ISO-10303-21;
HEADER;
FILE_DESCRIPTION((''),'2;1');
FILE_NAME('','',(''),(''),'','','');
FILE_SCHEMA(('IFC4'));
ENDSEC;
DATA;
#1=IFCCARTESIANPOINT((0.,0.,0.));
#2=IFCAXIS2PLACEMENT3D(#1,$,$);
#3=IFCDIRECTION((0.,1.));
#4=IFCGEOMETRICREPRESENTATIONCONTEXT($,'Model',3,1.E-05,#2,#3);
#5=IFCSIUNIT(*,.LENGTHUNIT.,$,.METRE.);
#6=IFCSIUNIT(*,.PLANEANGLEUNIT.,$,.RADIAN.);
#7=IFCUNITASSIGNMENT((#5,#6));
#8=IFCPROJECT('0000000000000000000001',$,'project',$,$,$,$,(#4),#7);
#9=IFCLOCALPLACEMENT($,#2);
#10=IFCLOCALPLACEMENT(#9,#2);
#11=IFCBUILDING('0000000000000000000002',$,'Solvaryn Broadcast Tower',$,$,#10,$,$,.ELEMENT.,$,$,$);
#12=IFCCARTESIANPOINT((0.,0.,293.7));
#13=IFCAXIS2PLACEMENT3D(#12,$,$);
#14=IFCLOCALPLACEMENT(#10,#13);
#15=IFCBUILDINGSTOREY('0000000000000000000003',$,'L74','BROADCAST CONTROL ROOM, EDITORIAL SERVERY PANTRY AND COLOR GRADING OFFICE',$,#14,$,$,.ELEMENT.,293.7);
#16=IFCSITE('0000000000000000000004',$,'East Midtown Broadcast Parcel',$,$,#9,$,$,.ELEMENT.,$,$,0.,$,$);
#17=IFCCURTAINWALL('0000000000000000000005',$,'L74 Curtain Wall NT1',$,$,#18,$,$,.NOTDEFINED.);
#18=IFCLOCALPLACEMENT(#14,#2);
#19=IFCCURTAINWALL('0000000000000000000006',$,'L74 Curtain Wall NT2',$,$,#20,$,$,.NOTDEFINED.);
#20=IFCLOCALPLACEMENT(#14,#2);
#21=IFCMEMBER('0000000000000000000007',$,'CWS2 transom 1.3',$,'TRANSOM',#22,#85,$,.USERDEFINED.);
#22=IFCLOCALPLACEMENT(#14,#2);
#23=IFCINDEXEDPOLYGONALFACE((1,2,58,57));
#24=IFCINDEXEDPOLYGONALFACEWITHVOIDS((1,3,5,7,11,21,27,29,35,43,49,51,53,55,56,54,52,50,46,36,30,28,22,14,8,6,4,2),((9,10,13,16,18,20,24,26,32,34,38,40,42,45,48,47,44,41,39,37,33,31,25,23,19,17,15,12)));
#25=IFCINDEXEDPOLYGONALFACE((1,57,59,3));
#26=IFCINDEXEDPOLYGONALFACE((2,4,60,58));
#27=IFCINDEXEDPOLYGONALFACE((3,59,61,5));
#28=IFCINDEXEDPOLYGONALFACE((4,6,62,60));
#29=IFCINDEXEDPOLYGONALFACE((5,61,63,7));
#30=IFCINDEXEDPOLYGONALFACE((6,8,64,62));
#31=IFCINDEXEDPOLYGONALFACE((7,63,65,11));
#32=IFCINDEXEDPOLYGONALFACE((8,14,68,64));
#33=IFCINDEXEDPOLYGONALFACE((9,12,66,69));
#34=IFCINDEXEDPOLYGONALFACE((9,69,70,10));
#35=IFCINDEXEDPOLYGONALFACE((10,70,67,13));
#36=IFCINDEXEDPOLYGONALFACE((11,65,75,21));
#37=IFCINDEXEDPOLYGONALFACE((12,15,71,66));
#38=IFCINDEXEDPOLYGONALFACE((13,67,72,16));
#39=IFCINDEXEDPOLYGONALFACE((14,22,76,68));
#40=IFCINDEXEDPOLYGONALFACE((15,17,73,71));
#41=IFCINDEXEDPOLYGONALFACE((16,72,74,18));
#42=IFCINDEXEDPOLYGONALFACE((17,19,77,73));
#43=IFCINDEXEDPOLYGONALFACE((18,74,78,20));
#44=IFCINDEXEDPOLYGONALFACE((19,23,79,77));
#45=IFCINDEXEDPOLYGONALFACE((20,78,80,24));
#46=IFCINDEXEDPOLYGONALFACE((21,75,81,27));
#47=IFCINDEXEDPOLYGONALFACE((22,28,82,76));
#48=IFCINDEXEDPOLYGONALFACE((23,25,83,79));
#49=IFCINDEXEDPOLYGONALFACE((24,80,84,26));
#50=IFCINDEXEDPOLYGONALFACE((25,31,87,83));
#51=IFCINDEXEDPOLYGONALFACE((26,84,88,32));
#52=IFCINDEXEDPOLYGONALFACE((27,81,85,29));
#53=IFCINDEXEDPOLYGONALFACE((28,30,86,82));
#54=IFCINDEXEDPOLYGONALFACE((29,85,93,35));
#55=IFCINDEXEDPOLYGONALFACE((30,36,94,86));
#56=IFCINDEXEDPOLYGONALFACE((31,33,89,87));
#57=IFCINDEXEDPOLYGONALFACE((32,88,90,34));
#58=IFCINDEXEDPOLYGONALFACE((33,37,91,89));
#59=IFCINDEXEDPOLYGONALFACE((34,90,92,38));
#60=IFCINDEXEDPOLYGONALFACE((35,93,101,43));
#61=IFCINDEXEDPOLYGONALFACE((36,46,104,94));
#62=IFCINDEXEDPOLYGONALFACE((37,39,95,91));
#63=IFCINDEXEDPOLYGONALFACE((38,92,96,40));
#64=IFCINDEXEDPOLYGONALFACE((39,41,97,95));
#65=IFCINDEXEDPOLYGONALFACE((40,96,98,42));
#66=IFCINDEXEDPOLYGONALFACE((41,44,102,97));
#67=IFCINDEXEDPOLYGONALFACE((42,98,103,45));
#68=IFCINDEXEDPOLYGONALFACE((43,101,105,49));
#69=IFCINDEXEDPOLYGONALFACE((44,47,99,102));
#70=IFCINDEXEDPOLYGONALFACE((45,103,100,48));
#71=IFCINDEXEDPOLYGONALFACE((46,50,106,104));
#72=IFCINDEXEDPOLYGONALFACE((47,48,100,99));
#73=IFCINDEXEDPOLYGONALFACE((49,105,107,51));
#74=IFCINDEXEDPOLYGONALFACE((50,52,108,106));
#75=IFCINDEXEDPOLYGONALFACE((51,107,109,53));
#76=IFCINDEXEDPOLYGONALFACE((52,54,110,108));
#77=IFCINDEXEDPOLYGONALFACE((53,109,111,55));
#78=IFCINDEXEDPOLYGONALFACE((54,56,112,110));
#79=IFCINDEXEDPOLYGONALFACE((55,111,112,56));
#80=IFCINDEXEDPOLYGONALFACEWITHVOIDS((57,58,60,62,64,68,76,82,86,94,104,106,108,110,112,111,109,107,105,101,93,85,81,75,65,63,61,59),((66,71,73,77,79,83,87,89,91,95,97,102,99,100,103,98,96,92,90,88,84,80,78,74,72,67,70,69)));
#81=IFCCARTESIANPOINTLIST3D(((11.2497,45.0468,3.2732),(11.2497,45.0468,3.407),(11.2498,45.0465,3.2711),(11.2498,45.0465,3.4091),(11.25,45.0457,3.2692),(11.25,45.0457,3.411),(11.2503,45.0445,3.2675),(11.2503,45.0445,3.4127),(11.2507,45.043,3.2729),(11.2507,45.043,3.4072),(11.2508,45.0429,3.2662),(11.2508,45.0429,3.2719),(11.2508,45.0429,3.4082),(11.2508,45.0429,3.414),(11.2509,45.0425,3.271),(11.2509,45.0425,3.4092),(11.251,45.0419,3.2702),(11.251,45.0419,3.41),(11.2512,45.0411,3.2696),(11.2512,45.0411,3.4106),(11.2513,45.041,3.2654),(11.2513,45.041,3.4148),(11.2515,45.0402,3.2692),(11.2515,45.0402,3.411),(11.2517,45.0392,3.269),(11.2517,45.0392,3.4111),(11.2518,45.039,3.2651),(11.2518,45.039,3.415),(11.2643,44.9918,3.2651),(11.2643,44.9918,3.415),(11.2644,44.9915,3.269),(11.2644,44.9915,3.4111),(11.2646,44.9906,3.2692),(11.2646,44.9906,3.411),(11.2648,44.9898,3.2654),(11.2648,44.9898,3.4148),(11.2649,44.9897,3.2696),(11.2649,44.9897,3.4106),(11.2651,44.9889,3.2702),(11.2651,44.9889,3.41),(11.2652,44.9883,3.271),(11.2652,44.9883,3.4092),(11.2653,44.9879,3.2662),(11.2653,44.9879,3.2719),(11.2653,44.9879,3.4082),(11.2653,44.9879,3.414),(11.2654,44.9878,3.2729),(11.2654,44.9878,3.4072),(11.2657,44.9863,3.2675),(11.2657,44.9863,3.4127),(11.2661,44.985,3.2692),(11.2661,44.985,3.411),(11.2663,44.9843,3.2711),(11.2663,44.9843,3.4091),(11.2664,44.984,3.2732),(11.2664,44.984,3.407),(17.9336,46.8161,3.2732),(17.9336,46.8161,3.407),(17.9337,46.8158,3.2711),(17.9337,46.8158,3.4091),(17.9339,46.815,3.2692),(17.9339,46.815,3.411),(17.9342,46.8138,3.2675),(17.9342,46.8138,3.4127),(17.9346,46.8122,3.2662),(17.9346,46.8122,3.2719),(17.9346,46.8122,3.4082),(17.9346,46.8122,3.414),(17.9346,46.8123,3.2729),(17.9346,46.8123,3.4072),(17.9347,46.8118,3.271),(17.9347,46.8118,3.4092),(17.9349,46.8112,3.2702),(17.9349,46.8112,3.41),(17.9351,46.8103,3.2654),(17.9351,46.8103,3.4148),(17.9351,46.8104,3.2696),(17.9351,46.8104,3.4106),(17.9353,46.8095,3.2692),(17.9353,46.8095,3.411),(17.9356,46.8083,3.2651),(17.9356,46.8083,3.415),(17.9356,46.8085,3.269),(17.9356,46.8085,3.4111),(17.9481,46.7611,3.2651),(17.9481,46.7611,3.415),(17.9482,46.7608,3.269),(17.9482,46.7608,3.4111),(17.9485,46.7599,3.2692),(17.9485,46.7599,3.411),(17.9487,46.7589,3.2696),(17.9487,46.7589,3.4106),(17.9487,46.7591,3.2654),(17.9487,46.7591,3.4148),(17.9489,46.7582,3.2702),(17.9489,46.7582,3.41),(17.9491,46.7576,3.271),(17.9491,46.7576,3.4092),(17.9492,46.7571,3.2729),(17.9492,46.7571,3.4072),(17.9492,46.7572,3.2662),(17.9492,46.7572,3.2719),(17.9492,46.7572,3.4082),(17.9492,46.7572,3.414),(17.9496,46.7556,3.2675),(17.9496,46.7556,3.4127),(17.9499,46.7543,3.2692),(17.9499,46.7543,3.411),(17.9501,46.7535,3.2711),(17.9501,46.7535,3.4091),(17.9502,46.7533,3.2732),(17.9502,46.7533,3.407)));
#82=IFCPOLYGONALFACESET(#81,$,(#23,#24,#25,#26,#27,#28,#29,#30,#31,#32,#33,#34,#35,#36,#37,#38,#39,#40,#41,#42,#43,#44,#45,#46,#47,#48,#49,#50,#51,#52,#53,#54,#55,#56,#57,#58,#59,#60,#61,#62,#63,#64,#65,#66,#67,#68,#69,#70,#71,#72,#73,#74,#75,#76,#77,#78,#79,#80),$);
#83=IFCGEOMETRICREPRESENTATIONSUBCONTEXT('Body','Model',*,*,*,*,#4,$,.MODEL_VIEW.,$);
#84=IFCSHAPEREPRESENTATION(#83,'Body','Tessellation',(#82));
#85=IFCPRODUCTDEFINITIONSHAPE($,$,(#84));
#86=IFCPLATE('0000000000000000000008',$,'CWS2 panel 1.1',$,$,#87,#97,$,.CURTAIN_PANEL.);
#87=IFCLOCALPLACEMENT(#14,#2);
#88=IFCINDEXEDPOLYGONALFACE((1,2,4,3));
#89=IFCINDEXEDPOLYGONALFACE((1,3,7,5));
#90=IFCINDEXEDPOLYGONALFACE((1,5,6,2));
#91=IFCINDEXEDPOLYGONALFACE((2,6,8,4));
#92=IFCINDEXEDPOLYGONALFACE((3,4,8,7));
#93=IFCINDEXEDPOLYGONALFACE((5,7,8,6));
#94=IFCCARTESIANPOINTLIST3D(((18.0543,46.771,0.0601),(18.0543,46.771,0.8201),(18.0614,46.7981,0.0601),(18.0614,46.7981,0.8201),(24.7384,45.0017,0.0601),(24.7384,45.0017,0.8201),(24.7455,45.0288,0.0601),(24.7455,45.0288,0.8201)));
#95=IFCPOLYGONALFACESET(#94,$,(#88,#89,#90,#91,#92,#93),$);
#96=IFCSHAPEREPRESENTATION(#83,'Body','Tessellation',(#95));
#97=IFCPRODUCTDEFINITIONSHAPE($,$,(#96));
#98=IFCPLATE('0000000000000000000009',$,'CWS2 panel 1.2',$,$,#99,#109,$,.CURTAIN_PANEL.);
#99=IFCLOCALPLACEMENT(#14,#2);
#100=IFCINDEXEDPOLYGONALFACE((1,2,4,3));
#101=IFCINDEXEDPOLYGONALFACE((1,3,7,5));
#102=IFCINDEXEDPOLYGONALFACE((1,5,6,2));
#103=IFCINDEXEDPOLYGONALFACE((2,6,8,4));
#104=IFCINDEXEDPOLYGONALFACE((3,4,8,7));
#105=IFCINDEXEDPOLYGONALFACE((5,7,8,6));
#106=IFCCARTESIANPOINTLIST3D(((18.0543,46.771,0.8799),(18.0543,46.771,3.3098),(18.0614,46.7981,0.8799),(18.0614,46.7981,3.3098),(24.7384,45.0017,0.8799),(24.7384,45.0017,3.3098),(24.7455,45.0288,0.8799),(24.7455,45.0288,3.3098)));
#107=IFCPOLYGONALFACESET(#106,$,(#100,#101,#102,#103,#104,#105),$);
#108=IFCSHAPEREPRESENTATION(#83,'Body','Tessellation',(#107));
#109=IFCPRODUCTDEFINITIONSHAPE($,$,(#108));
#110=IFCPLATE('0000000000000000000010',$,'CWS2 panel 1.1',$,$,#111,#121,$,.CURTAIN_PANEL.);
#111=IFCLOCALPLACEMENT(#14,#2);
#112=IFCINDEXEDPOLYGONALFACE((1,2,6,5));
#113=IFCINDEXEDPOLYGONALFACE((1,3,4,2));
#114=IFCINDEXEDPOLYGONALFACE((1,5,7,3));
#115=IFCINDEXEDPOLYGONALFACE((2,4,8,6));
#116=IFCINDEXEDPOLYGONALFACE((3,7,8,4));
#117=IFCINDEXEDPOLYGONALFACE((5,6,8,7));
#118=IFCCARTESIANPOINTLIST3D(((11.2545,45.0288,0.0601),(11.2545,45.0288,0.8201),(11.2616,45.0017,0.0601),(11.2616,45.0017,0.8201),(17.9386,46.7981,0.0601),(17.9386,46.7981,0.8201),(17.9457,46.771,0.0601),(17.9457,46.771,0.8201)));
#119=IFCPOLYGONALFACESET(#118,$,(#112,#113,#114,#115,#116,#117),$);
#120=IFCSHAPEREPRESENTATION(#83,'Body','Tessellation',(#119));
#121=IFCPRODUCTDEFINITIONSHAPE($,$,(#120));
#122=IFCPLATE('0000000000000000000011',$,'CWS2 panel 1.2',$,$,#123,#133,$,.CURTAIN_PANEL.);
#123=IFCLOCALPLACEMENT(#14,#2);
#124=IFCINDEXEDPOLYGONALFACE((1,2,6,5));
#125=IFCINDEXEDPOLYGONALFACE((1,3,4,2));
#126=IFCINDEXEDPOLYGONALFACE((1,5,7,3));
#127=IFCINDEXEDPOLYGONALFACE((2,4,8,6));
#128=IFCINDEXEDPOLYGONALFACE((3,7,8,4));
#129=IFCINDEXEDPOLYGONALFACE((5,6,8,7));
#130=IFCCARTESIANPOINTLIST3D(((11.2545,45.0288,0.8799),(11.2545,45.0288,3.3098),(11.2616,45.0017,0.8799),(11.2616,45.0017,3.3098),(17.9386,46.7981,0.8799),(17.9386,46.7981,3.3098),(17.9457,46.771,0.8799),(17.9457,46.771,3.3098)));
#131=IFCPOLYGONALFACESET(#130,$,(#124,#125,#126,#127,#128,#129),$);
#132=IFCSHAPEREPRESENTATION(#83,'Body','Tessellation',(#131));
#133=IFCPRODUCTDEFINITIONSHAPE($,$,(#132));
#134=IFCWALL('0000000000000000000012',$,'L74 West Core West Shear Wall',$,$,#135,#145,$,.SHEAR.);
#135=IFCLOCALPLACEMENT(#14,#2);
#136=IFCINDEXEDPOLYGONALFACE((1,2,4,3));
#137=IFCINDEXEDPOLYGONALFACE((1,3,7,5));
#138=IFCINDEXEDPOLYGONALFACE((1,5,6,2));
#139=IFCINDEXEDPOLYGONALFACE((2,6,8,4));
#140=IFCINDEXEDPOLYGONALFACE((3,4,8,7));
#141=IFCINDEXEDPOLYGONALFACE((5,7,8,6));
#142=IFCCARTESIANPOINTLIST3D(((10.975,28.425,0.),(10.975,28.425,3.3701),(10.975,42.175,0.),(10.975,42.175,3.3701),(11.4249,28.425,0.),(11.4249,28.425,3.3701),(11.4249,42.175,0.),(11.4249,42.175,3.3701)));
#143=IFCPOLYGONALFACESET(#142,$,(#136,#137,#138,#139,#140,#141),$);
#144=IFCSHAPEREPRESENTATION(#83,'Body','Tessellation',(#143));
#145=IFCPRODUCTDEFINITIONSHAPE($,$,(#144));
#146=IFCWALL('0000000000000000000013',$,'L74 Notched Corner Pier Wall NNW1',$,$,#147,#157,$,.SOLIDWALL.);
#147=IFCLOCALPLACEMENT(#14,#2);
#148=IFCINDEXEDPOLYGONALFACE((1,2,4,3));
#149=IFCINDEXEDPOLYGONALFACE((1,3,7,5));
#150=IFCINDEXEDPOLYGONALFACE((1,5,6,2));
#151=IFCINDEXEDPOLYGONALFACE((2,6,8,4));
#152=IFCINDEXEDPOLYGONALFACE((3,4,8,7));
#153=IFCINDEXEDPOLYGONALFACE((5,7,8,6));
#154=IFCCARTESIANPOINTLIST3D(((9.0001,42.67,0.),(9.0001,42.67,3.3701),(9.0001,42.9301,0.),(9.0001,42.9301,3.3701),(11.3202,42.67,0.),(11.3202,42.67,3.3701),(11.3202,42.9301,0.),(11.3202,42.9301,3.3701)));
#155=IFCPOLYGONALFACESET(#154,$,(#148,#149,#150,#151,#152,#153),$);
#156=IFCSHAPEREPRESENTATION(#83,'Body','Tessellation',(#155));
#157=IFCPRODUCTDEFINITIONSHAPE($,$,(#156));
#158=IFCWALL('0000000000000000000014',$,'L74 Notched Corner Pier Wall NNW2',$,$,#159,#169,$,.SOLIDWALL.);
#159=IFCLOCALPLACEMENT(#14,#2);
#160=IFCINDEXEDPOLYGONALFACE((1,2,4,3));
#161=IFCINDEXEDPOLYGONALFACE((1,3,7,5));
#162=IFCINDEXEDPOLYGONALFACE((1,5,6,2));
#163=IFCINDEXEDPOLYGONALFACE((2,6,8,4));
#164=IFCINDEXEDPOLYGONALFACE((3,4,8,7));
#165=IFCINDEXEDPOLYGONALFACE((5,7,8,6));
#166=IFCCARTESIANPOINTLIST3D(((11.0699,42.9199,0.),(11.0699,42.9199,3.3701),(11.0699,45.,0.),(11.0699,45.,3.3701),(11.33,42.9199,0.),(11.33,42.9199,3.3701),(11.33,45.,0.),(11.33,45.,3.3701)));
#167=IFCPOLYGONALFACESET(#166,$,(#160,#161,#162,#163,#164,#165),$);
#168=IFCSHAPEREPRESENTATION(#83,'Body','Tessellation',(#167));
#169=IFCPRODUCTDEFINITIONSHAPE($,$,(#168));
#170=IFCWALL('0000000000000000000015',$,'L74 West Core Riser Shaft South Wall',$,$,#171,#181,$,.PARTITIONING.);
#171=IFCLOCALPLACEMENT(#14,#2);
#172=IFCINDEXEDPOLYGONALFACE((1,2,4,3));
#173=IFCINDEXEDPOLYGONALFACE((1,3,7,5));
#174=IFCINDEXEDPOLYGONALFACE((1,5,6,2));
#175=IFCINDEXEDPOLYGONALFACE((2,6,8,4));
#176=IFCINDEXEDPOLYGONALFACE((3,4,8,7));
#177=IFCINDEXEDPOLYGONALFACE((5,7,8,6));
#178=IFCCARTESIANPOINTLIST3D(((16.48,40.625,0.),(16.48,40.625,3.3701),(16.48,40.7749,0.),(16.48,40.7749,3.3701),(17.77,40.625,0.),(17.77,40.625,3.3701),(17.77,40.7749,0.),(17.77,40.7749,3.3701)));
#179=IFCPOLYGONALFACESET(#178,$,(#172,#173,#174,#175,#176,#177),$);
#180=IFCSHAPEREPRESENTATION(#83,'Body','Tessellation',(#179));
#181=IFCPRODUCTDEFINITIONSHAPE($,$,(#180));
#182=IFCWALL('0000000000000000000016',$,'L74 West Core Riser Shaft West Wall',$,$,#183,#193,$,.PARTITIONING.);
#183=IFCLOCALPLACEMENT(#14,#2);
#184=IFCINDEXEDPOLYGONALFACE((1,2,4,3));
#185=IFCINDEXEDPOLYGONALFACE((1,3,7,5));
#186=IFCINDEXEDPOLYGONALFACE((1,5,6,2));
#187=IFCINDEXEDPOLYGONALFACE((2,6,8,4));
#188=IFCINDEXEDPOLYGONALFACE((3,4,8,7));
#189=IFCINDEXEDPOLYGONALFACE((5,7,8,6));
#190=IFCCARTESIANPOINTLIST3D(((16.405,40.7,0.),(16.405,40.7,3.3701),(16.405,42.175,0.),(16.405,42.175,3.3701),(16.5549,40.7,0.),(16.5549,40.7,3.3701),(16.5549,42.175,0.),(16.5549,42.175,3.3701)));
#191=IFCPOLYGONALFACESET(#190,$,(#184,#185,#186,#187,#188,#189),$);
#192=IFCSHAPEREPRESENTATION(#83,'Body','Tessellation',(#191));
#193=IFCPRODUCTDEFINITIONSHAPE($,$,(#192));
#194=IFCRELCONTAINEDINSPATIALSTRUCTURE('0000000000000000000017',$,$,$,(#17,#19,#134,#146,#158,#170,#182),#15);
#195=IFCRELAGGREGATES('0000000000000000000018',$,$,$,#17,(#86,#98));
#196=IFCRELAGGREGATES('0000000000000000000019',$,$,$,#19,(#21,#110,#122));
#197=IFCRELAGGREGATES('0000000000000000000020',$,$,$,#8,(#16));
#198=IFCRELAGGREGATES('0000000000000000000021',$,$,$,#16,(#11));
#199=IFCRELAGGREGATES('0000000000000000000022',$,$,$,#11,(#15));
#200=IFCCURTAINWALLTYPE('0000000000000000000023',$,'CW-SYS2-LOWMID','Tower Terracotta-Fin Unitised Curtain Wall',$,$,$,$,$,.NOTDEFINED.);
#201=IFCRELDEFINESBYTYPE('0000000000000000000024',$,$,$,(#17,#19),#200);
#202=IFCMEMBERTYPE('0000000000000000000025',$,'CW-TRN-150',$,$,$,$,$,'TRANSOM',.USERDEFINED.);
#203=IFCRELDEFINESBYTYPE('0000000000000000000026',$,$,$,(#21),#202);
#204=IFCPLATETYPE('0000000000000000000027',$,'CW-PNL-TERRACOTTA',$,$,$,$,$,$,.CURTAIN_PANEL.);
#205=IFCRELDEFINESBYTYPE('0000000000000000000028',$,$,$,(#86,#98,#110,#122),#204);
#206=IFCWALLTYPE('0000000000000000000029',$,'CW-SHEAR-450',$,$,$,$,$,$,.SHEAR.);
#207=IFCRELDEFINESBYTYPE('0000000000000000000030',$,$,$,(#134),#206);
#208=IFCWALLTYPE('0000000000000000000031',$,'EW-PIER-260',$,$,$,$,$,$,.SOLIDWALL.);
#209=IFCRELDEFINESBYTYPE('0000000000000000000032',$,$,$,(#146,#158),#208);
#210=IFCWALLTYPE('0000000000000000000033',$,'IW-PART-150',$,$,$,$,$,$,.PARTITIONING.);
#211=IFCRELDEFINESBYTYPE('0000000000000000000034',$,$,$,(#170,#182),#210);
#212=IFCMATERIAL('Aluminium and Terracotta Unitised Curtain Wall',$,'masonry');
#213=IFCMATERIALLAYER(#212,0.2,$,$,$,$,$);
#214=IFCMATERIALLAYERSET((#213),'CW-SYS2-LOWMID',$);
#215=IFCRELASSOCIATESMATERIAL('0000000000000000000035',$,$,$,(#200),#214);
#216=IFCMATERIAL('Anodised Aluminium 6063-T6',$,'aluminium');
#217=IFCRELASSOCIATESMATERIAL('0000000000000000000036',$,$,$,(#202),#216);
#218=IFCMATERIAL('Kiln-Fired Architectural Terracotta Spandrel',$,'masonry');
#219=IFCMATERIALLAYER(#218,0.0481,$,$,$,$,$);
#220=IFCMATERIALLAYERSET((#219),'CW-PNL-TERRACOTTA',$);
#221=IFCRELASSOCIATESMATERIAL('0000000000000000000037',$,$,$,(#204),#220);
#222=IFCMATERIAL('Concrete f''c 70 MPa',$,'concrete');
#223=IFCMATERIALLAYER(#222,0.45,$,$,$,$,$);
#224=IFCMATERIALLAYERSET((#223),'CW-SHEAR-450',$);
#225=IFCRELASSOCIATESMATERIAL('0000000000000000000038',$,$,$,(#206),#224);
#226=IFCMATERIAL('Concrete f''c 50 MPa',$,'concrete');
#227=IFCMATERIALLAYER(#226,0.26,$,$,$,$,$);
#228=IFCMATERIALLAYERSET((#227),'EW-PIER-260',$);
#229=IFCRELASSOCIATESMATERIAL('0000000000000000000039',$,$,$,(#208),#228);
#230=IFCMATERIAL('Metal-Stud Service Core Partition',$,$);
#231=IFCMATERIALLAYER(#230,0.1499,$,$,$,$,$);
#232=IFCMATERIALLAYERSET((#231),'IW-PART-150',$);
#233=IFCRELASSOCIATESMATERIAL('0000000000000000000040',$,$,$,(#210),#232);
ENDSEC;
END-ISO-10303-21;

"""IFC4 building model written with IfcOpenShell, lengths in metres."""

from ifc_helpers import new_model, si_unit, direction, frame, frame_2d, origin, origin_2d, place, context, subcontext, project, spatial, rectangle, hollow_rectangle, extrude, material, layer, layer_set, material_profile, profile_set, type_object, element, aggregate, save


model = new_model("IFC4")

# Units and contexts
model_context = context("Model", 3, precision=1e-05, world=origin(), true_north=direction((0.0, 1.0)))
body_context = subcontext(model_context, "Body", "Model", "MODEL_VIEW")
ifc_project = project(units=[si_unit("LENGTHUNIT", "METRE"), si_unit("PLANEANGLEUNIT", "RADIAN")], contexts=[model_context])

# Site, building, storey
site_placement = place(None, origin())
site = spatial("IfcSite", under=ifc_project, at=site_placement, Name="East Midtown Broadcast Parcel", CompositionType="ELEMENT", RefElevation=0.0)
building_placement = place(site_placement, origin())
building = spatial("IfcBuilding", under=site, at=building_placement, Name="Solvaryn Broadcast Tower", CompositionType="ELEMENT")
storey_placement = place(building_placement, frame((0.0, 0.0, 293.7)))
storey = spatial("IfcBuildingStorey", under=building, at=storey_placement, Name="L74", Description="BROADCAST CONTROL ROOM, EDITORIAL SERVERY PANTRY AND COLOR GRADING OFFICE", CompositionType="ELEMENT", Elevation=293.7)

# Curtain wall
ifc_material_1 = material(Name="Aluminium and Terracotta Unitised Curtain Wall", Category="masonry")
ifc_layer_1 = layer(ifc_material_1, 0.2)
ifc_layer_set_1 = layer_set([ifc_layer_1], Name="CW-SYS2-LOWMID")
curtain_wall_type = type_object("IfcCurtainWallType", Name="CW-SYS2-LOWMID", Description="Tower Terracotta-Fin Unitised Curtain Wall", PredefinedType="NOTDEFINED", material=ifc_layer_set_1)
curtain_wall_1_placement = place(storey_placement, origin())
curtain_wall_1 = element("IfcCurtainWall", 1, at=curtain_wall_1_placement, inside=storey, type_object=curtain_wall_type, Name="L74 Curtain Wall NT1", PredefinedType="NOTDEFINED")

# Curtain wall
curtain_wall_2_placement = place(storey_placement, origin())
curtain_wall_2 = element("IfcCurtainWall", 2, at=curtain_wall_2_placement, inside=storey, type_object=curtain_wall_type, Name="L74 Curtain Wall NT2", PredefinedType="NOTDEFINED")

# Member
ifc_material_2 = material(Name="Anodised Aluminium 6063-T6", Category="aluminium")
ifc_material_profile_1 = material_profile(ifc_material_2, hollow_rectangle(XDim=0.0649, YDim=0.1499, WallThickness=0.0039, InnerFilletRadius=0.0039, OuterFilletRadius=0.0081, at=origin_2d()))
ifc_profile_set_1 = profile_set([ifc_material_profile_1], Name="Anodised Aluminium 6063-T6")
member_type_1 = type_object("IfcMemberType", Name="CW-TRN-150", ElementType="TRANSOM", PredefinedType="USERDEFINED", material=ifc_profile_set_1)
member_1_placement = place(storey_placement, frame((17.9419, 46.7847, 3.3401), z_axis=(-0.966704, -0.255897, 0.0), x_axis=(0.255897, -0.966704, 0.0)))
member_1 = element("IfcMember", 3, at=member_1_placement, type_object=member_type_1, Name="CWS2 transom 1.3", ObjectType="TRANSOM", PredefinedType="USERDEFINED", context=body_context, shape_type="SweptSolid", body=[
    extrude(hollow_rectangle(XDim=0.0649, YDim=0.1499, WallThickness=0.0039, InnerFilletRadius=0.0039, OuterFilletRadius=0.0081, at=origin_2d()), origin(), (0.0, 0.0, 1.0), 6.9141),
])

# Plates
ifc_material_3 = material(Name="Kiln-Fired Architectural Terracotta Spandrel", Category="masonry")
ifc_layer_2 = layer(ifc_material_3, 0.0481)
ifc_layer_set_2 = layer_set([ifc_layer_2], Name="CW-PNL-TERRACOTTA")
plate_type = type_object("IfcPlateType", Name="CW-PNL-TERRACOTTA", PredefinedType="CURTAIN_PANEL", material=ifc_layer_set_2)
plate_1_placement = place(storey_placement, frame((21.3999, 45.8999, 0.0601), z_axis=(0.0, 0.0, 1.0), x_axis=(-0.966705, 0.255893, 0.0)))
plate_1 = element("IfcPlate", 4, at=plate_1_placement, type_object=plate_type, Name="CWS2 panel 1.1", PredefinedType="CURTAIN_PANEL", context=body_context, shape_type="SweptSolid", body=[
    extrude(rectangle(XDim=6.9143, YDim=0.0281, at=origin_2d()), origin(), (0.0, 0.0, 1.0), 0.76),
])
plate_2_placement = place(storey_placement, frame((21.3999, 45.8999, 0.8799), z_axis=(0.0, 0.0, 1.0), x_axis=(-0.966705, 0.255893, 0.0)))
plate_2 = element("IfcPlate", 5, at=plate_2_placement, type_object=plate_type, Name="CWS2 panel 1.2", PredefinedType="CURTAIN_PANEL", context=body_context, shape_type="SweptSolid", body=[
    extrude(rectangle(XDim=6.9143, YDim=0.0281, at=origin_2d()), origin(), (0.0, 0.0, 1.0), 2.4299),
])
aggregate(curtain_wall_1, [plate_1, plate_2])
plate_3_placement = place(storey_placement, frame((14.6001, 45.8999, 0.0601), z_axis=(0.0, 0.0, 1.0), x_axis=(-0.966705, -0.255893, 0.0)))
plate_3 = element("IfcPlate", 6, at=plate_3_placement, type_object=plate_type, Name="CWS2 panel 1.1", PredefinedType="CURTAIN_PANEL", context=body_context, shape_type="SweptSolid", body=[
    extrude(rectangle(XDim=6.9143, YDim=0.0281, at=origin_2d()), origin(), (0.0, 0.0, 1.0), 0.76),
])
plate_4_placement = place(storey_placement, frame((14.6001, 45.8999, 0.8799), z_axis=(0.0, 0.0, 1.0), x_axis=(-0.966705, -0.255893, 0.0)))
plate_4 = element("IfcPlate", 7, at=plate_4_placement, type_object=plate_type, Name="CWS2 panel 1.2", PredefinedType="CURTAIN_PANEL", context=body_context, shape_type="SweptSolid", body=[
    extrude(rectangle(XDim=6.9143, YDim=0.0281, at=origin_2d()), origin(), (0.0, 0.0, 1.0), 2.4299),
])
aggregate(curtain_wall_2, [member_1, plate_3, plate_4])

# Walls
ifc_material_4 = material(Name="Concrete f'c 70 MPa", Category="concrete")
ifc_layer_3 = layer(ifc_material_4, 0.45)
ifc_layer_set_3 = layer_set([ifc_layer_3], Name="CW-SHEAR-450")
wall_type_1 = type_object("IfcWallType", Name="CW-SHEAR-450", PredefinedType="SHEAR", material=ifc_layer_set_3)
wall_1_placement = place(storey_placement, frame((11.2, 42.175, 0.0), z_axis=(0.0, 0.0, 1.0), x_axis=(0.0, -1.0, 0.0)))
element("IfcWall", 8, at=wall_1_placement, inside=storey, type_object=wall_type_1, Name="L74 West Core West Shear Wall", PredefinedType="SHEAR", context=body_context, shape_type="SweptSolid", body=[
    extrude(rectangle(XDim=13.75, YDim=0.45, at=frame_2d((6.875, 0.0))), origin(), (0.0, 0.0, 1.0), 3.3701),
])
ifc_material_5 = material(Name="Concrete f'c 50 MPa", Category="concrete")
ifc_layer_4 = layer(ifc_material_5, 0.26)
ifc_layer_set_4 = layer_set([ifc_layer_4], Name="EW-PIER-260")
wall_type_2 = type_object("IfcWallType", Name="EW-PIER-260", PredefinedType="SOLIDWALL", material=ifc_layer_set_4)
wall_2_placement = place(storey_placement, frame((9.0, 42.8, 0.0), z_axis=(0.0, 0.0, 1.0), x_axis=(1.0, 0.0, 0.0)))
element("IfcWall", 9, at=wall_2_placement, inside=storey, type_object=wall_type_2, Name="L74 Notched Corner Pier Wall NNW1", PredefinedType="SOLIDWALL", context=body_context, shape_type="SweptSolid", body=[
    extrude(rectangle(XDim=2.3201, YDim=0.26, at=frame_2d((1.1602, 0.0))), origin(), (0.0, 0.0, 1.0), 3.3701),
])
wall_3_placement = place(storey_placement, frame((11.2, 42.9199, 0.0), z_axis=(0.0, 0.0, 1.0), x_axis=(0.0, 1.0, 0.0)))
element("IfcWall", 10, at=wall_3_placement, inside=storey, type_object=wall_type_2, Name="L74 Notched Corner Pier Wall NNW2", PredefinedType="SOLIDWALL", context=body_context, shape_type="SweptSolid", body=[
    extrude(rectangle(XDim=2.0801, YDim=0.26, at=frame_2d((1.04, 0.0))), origin(), (0.0, 0.0, 1.0), 3.3701),
])
ifc_material_6 = material(Name="Metal-Stud Service Core Partition")
ifc_layer_5 = layer(ifc_material_6, 0.1499)
ifc_layer_set_5 = layer_set([ifc_layer_5], Name="IW-PART-150")
wall_type_3 = type_object("IfcWallType", Name="IW-PART-150", PredefinedType="PARTITIONING", material=ifc_layer_set_5)
wall_4_placement = place(storey_placement, frame((16.48, 40.7, 0.0), z_axis=(0.0, 0.0, 1.0), x_axis=(1.0, 0.0, 0.0)))
element("IfcWall", 11, at=wall_4_placement, inside=storey, type_object=wall_type_3, Name="L74 West Core Riser Shaft South Wall", PredefinedType="PARTITIONING", context=body_context, shape_type="SweptSolid", body=[
    extrude(rectangle(XDim=1.29, YDim=0.1499, at=frame_2d((0.645, 0.0))), origin(), (0.0, 0.0, 1.0), 3.3701),
])
wall_5_placement = place(storey_placement, frame((16.48, 40.7, 0.0), z_axis=(0.0, 0.0, 1.0), x_axis=(0.0, 1.0, 0.0)))
element("IfcWall", 12, at=wall_5_placement, inside=storey, type_object=wall_type_3, Name="L74 West Core Riser Shaft West Wall", PredefinedType="PARTITIONING", context=body_context, shape_type="SweptSolid", body=[
    extrude(rectangle(XDim=1.4751, YDim=0.1499, at=frame_2d((0.7375, 0.0))), origin(), (0.0, 0.0, 1.0), 3.3701),
])

save(model, "model.ifc")
